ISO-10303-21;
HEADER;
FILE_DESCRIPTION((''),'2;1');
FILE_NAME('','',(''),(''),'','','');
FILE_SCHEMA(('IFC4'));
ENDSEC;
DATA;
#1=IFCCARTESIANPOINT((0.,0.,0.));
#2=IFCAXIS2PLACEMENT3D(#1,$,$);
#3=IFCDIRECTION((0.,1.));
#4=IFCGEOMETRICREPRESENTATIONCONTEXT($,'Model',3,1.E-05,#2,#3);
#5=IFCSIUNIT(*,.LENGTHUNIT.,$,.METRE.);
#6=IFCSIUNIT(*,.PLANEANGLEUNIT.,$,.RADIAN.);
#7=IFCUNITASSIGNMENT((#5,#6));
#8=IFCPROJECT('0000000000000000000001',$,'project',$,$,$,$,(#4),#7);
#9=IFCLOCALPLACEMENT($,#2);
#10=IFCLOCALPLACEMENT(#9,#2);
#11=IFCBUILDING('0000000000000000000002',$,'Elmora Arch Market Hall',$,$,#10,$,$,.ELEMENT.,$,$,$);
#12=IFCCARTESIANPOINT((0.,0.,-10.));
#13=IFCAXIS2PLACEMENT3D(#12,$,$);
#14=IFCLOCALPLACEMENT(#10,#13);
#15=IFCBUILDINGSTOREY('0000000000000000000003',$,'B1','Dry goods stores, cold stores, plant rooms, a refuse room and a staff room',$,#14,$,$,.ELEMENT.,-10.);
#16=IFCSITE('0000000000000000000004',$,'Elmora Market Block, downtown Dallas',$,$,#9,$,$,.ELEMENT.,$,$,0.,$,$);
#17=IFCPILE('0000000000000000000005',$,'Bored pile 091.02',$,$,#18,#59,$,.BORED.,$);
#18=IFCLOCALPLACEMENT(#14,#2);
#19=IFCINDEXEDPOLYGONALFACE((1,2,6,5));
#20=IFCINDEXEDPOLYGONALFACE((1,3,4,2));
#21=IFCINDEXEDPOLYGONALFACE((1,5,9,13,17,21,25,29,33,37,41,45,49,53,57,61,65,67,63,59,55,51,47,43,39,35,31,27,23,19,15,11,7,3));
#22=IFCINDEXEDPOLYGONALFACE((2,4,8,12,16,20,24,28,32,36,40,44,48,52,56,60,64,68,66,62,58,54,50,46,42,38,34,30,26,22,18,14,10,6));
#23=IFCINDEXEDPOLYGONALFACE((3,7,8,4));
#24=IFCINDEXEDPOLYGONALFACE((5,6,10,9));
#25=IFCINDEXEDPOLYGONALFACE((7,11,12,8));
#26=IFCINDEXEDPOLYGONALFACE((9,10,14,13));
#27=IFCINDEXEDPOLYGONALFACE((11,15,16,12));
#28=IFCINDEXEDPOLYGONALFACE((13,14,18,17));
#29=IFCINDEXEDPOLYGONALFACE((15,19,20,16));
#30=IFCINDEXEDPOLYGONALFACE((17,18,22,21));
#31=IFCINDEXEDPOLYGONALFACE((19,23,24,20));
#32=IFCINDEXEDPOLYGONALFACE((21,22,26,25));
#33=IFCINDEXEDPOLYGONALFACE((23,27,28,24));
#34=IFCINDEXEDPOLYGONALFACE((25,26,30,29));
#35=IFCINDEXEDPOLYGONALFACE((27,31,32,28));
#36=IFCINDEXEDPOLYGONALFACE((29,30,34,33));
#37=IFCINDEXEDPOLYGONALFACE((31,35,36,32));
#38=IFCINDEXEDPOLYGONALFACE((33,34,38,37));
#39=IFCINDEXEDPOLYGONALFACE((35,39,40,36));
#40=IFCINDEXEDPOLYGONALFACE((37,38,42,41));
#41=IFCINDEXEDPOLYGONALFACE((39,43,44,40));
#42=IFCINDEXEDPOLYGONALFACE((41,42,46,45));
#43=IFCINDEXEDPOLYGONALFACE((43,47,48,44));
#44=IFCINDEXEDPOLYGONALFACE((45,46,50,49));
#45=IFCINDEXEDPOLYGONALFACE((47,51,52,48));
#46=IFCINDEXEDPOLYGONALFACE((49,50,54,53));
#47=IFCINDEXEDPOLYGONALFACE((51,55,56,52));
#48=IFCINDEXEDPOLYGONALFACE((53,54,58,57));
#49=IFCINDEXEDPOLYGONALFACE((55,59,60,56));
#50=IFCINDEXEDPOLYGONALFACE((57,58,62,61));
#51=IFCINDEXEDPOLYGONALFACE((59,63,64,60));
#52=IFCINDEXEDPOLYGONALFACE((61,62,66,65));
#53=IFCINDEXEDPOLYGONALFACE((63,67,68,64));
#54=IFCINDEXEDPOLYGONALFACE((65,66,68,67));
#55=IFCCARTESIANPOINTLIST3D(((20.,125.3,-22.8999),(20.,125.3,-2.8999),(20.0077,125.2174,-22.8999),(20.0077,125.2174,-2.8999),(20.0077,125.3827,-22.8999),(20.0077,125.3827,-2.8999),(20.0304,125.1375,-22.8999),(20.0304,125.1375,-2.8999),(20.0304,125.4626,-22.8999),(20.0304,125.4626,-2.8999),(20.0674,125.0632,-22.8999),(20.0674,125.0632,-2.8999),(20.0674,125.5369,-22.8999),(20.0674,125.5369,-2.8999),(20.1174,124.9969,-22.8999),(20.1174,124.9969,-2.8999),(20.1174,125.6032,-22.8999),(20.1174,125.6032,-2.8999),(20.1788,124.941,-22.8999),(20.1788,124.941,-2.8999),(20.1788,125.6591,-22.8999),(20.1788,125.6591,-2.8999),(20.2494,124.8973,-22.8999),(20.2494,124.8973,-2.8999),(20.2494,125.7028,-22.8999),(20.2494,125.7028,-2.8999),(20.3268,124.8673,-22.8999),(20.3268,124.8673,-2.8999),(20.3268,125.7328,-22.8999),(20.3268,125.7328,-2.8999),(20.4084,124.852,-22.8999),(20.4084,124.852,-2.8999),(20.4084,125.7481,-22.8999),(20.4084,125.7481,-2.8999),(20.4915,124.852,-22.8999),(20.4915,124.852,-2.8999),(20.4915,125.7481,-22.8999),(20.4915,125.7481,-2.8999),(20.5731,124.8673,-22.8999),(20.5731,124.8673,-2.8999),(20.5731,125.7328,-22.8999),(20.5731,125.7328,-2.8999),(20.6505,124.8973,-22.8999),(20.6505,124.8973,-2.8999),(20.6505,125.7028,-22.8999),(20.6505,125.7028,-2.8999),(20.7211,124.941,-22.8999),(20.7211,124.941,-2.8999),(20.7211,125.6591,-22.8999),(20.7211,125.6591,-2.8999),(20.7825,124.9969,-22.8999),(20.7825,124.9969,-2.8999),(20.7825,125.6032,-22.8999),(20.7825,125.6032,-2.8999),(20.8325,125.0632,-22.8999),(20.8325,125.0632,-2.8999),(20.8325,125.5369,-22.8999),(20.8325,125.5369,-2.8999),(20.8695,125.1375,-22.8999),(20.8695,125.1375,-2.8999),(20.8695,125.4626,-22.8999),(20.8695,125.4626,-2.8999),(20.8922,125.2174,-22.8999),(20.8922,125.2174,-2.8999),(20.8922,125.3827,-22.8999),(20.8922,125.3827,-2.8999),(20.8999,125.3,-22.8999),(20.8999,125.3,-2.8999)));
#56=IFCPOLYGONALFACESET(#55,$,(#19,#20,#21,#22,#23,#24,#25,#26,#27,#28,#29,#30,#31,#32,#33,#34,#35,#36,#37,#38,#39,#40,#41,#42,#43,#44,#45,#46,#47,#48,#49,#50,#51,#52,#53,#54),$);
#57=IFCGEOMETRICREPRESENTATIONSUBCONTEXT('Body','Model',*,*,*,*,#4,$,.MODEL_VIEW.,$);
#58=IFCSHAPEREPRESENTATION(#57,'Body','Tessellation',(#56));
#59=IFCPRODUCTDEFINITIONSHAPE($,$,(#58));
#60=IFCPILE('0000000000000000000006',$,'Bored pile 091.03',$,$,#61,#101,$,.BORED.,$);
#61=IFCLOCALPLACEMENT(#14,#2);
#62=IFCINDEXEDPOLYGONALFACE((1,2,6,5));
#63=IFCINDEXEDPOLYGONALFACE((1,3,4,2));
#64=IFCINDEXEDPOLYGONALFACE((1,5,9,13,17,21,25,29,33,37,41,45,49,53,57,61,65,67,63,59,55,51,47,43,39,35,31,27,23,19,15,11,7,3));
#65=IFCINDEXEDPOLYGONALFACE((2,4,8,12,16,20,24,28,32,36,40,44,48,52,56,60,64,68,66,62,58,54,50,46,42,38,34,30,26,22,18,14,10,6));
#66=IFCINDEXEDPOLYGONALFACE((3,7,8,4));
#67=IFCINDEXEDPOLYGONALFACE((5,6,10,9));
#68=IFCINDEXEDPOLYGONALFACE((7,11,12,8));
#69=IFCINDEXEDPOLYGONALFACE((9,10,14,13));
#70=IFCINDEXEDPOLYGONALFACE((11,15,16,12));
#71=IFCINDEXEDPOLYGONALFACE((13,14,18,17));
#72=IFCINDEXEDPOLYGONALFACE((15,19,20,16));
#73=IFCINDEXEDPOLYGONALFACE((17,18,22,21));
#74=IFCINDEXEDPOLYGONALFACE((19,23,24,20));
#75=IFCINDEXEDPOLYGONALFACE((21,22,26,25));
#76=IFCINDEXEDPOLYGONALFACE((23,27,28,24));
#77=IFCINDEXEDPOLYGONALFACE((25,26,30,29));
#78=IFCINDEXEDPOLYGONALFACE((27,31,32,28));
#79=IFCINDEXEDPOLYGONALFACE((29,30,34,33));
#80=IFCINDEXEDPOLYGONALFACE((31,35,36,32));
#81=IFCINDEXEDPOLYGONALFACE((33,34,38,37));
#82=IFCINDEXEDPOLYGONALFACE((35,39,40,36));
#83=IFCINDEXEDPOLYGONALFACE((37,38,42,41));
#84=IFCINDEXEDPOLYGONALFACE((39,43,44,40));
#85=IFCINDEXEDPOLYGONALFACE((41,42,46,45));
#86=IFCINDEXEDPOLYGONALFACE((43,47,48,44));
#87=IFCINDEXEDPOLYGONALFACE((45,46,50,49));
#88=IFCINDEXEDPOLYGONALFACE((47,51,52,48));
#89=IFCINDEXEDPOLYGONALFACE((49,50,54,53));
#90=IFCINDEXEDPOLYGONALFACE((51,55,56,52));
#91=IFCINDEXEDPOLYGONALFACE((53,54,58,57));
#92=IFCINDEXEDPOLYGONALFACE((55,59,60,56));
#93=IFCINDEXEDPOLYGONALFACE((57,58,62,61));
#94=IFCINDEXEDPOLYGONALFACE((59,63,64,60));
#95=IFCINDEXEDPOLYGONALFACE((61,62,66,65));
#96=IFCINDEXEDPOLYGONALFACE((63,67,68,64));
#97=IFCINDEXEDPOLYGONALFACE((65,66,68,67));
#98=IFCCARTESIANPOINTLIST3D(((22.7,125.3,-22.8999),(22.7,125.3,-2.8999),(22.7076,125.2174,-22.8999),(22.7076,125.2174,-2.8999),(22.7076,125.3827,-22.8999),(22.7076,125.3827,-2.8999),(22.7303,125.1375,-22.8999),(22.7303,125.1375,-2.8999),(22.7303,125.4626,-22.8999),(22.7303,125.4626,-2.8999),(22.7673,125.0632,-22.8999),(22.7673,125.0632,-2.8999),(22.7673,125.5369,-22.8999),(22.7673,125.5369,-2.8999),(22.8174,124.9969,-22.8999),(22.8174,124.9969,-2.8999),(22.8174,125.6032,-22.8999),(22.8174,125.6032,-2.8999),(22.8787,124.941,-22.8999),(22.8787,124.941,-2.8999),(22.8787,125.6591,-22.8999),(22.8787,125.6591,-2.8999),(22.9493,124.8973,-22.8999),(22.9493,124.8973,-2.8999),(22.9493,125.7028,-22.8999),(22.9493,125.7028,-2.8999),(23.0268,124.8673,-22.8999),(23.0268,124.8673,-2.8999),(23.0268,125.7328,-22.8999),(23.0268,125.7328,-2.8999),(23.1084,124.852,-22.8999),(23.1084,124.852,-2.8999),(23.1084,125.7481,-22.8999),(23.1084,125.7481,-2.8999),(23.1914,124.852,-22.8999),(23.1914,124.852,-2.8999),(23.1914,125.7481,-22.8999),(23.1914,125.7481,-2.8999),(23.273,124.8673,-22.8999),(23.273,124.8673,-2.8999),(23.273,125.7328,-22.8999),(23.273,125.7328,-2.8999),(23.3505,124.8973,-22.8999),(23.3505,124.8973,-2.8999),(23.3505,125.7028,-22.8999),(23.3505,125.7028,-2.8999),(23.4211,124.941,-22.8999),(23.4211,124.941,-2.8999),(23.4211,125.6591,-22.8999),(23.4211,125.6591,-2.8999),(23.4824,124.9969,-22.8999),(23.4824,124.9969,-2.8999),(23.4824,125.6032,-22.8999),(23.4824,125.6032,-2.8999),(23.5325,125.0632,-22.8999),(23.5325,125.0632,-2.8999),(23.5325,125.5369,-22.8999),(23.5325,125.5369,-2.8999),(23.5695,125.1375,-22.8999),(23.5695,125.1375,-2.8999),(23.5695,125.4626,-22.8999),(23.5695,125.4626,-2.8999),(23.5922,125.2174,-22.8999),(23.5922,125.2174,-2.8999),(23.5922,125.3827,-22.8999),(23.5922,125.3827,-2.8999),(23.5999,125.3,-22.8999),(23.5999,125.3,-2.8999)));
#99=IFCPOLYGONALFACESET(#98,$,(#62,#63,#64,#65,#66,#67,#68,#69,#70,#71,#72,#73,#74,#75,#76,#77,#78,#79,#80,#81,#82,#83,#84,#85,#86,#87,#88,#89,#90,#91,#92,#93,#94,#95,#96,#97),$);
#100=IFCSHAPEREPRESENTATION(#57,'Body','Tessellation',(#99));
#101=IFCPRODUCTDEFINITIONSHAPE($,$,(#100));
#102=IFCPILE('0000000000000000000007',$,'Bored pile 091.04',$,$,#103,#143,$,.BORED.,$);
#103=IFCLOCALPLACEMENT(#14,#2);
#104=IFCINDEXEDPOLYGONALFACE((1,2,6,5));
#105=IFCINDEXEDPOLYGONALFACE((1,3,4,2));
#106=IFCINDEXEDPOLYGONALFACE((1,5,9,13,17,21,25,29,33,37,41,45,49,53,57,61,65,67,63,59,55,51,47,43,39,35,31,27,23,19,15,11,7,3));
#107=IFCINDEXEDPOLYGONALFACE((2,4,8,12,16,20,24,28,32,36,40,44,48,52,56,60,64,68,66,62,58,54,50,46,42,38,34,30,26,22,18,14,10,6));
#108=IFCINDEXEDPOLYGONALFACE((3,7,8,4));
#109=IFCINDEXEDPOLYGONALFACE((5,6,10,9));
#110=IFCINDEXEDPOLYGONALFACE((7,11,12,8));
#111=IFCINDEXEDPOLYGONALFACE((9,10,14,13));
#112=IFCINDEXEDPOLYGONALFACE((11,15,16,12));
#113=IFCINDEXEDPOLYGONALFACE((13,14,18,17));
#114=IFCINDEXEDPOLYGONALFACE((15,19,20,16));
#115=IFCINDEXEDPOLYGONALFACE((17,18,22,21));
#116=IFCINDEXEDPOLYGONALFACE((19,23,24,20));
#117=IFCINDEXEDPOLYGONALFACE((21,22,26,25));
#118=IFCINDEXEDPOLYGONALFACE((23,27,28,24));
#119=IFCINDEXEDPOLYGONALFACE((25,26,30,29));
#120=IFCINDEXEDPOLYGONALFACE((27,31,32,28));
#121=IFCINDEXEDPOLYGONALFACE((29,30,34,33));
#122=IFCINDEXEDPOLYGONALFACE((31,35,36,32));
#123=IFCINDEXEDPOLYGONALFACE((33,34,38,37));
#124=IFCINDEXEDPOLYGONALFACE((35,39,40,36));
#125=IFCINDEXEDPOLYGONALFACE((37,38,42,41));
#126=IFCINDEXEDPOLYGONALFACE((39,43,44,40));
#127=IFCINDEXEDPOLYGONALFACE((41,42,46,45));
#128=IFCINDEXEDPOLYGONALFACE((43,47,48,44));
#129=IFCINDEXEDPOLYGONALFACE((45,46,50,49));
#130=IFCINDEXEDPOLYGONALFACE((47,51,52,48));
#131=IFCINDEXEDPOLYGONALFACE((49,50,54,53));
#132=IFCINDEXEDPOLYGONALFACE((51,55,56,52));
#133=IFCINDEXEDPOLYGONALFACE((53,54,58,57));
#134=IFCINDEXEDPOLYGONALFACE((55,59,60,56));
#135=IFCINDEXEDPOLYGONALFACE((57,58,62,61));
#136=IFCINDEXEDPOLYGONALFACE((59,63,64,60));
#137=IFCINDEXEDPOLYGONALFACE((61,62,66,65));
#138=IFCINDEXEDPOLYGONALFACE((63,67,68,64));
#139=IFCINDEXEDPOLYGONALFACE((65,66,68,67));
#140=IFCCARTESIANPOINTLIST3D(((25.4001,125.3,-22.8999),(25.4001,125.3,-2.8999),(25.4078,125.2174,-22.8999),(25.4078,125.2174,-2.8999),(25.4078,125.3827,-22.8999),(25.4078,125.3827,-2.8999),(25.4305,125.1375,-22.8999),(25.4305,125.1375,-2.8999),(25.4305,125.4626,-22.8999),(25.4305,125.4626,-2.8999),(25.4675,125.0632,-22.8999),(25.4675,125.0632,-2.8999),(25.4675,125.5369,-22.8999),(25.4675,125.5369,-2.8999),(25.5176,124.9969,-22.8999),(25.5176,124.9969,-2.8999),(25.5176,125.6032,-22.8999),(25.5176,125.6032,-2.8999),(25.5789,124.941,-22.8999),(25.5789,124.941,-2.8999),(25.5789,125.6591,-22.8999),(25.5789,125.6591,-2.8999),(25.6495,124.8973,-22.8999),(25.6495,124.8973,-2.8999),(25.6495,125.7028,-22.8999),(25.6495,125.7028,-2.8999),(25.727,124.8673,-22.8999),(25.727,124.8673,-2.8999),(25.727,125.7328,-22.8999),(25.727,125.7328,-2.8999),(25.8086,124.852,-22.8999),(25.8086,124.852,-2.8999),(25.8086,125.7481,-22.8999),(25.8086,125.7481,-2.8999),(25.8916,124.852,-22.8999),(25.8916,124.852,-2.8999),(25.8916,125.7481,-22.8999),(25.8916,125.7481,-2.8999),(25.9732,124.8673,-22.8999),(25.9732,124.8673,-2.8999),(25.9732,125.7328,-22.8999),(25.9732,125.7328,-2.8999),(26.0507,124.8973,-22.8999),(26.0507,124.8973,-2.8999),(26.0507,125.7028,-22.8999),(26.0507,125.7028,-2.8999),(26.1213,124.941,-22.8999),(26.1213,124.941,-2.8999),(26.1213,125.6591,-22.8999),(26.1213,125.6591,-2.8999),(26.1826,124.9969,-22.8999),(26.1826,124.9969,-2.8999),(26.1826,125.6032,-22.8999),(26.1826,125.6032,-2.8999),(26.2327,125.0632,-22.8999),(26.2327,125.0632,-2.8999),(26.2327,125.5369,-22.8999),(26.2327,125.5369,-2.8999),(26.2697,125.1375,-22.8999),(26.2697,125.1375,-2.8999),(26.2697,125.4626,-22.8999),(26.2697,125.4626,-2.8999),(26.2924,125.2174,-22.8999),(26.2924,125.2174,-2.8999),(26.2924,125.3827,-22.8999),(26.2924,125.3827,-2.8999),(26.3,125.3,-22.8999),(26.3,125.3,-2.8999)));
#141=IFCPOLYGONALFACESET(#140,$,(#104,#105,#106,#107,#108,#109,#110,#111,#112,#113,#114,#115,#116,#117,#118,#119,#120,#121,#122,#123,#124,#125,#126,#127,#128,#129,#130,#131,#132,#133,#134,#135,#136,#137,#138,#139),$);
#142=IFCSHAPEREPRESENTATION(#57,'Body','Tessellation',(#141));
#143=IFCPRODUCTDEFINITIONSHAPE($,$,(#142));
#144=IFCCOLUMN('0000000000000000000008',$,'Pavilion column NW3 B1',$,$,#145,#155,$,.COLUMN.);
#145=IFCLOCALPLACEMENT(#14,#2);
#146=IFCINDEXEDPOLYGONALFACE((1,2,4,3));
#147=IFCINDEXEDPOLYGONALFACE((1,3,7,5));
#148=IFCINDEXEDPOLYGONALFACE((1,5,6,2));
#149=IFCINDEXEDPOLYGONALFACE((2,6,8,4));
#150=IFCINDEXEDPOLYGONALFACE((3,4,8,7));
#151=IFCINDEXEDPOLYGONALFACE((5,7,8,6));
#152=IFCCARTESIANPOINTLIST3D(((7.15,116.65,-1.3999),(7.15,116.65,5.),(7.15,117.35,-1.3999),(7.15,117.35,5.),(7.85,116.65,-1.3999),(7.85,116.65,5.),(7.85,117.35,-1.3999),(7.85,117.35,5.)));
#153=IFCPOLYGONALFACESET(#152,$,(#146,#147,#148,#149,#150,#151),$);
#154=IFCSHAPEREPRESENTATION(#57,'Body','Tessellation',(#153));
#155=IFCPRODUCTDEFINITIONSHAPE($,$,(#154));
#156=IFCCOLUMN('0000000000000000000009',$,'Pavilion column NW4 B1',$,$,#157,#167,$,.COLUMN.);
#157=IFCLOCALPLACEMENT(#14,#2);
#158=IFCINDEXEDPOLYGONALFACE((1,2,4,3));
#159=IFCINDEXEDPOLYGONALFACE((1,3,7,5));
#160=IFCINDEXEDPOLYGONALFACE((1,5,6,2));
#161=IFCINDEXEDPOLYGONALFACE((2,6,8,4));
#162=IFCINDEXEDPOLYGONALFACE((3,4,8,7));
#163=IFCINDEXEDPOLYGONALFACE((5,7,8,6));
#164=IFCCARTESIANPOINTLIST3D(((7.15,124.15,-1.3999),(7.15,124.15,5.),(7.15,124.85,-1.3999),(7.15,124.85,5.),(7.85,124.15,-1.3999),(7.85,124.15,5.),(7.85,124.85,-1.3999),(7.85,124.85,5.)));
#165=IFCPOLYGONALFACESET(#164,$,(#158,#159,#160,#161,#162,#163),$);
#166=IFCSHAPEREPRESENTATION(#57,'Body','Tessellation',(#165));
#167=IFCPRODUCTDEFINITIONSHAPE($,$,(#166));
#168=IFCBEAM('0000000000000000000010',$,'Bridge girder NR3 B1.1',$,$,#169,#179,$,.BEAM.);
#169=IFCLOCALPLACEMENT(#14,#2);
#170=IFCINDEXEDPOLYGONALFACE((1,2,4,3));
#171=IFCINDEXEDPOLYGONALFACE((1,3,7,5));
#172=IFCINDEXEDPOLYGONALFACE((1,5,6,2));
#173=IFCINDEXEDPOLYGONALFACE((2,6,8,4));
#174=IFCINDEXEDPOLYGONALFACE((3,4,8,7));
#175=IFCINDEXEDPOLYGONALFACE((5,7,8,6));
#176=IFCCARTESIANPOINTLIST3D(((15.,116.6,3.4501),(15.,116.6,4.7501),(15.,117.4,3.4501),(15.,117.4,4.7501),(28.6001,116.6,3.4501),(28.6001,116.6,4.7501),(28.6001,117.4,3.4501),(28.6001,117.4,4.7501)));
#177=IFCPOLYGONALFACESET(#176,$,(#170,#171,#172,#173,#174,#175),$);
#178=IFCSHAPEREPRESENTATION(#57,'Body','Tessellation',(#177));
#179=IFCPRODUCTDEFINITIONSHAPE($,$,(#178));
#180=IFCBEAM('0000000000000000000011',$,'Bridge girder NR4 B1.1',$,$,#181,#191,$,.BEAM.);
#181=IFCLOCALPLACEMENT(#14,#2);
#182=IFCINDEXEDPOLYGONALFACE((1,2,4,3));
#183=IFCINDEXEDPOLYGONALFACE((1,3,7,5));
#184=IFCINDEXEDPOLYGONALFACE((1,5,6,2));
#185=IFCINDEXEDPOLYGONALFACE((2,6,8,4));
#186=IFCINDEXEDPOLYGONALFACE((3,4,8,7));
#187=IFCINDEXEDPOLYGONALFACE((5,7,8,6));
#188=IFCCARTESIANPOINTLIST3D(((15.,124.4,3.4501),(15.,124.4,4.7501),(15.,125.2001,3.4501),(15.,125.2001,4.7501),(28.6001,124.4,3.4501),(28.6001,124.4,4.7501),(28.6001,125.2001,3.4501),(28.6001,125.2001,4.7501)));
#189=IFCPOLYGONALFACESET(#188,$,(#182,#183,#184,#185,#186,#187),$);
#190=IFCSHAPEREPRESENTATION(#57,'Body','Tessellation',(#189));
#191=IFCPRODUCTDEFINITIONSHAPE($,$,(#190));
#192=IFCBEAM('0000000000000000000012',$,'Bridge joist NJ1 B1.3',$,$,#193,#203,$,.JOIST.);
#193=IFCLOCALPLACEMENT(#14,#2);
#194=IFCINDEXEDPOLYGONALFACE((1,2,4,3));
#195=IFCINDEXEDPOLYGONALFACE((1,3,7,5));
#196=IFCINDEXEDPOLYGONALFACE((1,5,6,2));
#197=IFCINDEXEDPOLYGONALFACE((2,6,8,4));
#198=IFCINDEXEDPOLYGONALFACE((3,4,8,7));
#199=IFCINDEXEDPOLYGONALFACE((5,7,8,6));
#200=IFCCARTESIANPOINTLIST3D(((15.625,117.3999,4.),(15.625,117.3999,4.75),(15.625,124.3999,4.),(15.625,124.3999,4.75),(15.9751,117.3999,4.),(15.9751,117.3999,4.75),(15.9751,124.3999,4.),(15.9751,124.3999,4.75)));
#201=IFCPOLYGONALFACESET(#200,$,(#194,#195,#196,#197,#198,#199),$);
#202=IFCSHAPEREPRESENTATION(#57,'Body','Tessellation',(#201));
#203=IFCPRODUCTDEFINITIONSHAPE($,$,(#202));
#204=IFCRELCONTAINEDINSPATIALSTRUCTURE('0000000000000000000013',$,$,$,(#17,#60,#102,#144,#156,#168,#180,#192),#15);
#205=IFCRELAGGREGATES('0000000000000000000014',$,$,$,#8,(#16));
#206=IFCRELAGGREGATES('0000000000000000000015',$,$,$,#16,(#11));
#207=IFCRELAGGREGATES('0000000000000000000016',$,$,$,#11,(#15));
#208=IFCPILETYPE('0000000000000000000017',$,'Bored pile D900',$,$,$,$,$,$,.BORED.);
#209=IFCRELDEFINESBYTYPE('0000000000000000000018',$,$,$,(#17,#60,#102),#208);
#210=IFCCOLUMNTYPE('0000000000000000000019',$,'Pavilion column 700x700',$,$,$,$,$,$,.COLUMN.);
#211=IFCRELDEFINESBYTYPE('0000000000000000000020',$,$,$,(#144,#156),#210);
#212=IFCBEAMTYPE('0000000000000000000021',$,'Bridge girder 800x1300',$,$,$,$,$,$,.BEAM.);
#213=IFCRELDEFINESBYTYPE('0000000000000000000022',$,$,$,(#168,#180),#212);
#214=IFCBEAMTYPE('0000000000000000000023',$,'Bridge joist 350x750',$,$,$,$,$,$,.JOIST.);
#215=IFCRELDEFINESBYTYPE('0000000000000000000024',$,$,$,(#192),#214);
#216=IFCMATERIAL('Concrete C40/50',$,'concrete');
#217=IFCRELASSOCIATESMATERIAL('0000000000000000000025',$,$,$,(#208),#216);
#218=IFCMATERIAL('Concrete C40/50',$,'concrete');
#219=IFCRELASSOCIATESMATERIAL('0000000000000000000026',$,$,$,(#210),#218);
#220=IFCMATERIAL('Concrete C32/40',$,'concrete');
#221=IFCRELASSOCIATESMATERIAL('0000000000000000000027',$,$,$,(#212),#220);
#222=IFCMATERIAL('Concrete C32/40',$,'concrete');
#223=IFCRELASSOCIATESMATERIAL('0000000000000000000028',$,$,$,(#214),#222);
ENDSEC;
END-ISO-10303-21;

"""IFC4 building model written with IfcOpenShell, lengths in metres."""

from ifc_helpers import new_model, si_unit, direction, frame, origin, origin_2d, place, context, subcontext, project, spatial, rectangle, circle, extrude, material, material_profile, profile_set, type_object, element, save


model = new_model("IFC4")

# Units and contexts
model_context = context("Model", 3, precision=1e-05, world=origin(), true_north=direction((0.0, 1.0)))
body_context = subcontext(model_context, "Body", "Model", "MODEL_VIEW")
ifc_project = project(units=[si_unit("LENGTHUNIT", "METRE"), si_unit("PLANEANGLEUNIT", "RADIAN")], contexts=[model_context])

# Site, building, storey
site_placement = place(None, origin())
site = spatial("IfcSite", under=ifc_project, at=site_placement, Name="Elmora Market Block, downtown Dallas", CompositionType="ELEMENT", RefElevation=0.0)
building_placement = place(site_placement, origin())
building = spatial("IfcBuilding", under=site, at=building_placement, Name="Elmora Arch Market Hall", CompositionType="ELEMENT")
storey_placement = place(building_placement, frame((0.0, 0.0, -10.0)))
storey = spatial("IfcBuildingStorey", under=building, at=storey_placement, Name="B1", Description="Dry goods stores, cold stores, plant rooms, a refuse room and a staff room", CompositionType="ELEMENT", Elevation=-10.0)

# Piles
ifc_material_1 = material(Name="Concrete C40/50", Category="concrete")
ifc_material_profile_1 = material_profile(ifc_material_1, circle(Radius=0.45, at=origin_2d()), Name="Bored pile D900")
ifc_profile_set_1 = profile_set([ifc_material_profile_1], Name="Concrete C40/50")
pile_type = type_object("IfcPileType", Name="Bored pile D900", PredefinedType="BORED", material=ifc_profile_set_1)
for number, where, z_axis, x_axis, name in (
    (1, (20.45, 125.3, -2.8999), (0.0, 0.0, -1.0), (1.0, 0.0, 0.0), "Bored pile 091.02"),
    (2, (23.1499, 125.3, -2.8999), (0.0, 0.0, -1.0), (1.0, 0.0, 0.0), "Bored pile 091.03"),
    (3, (25.8501, 125.3, -2.8999), (0.0, 0.0, -1.0), (1.0, 0.0, 0.0), "Bored pile 091.04"),
):
    element("IfcPile", number, at=place(storey_placement, frame(where, z_axis=z_axis, x_axis=x_axis)), inside=storey, type_object=pile_type, Name=name, PredefinedType="BORED", context=body_context, shape_type="SweptSolid", body=[
        extrude(circle(Radius=0.45, at=origin_2d()), origin(), (0.0, 0.0, 1.0), 20.0),
    ])

# Columns
ifc_material_2 = material(Name="Concrete C40/50", Category="concrete")
ifc_material_profile_2 = material_profile(ifc_material_2, rectangle(XDim=0.7, YDim=0.7, at=origin_2d()), Name="Pavilion column 700x700")
ifc_profile_set_2 = profile_set([ifc_material_profile_2], Name="Concrete C40/50")
column_type = type_object("IfcColumnType", Name="Pavilion column 700x700", PredefinedType="COLUMN", material=ifc_profile_set_2)
for number, where, z_axis, x_axis, name in (
    (4, (7.5, 117.0, -1.3999), (0.0, 0.0, 1.0), (1.0, 0.0, 0.0), "Pavilion column NW3 B1"),
    (5, (7.5, 124.5, -1.3999), (0.0, 0.0, 1.0), (1.0, 0.0, 0.0), "Pavilion column NW4 B1"),
):
    element("IfcColumn", number, at=place(storey_placement, frame(where, z_axis=z_axis, x_axis=x_axis)), inside=storey, type_object=column_type, Name=name, PredefinedType="COLUMN", context=body_context, shape_type="SweptSolid", body=[
        extrude(rectangle(XDim=0.7, YDim=0.7, at=origin_2d()), origin(), (0.0, 0.0, 1.0), 6.3999),
    ])

# Beams
ifc_material_3 = material(Name="Concrete C32/40", Category="concrete")
ifc_material_profile_3 = material_profile(ifc_material_3, rectangle(XDim=0.8, YDim=1.3, at=origin_2d()), Name="Bridge girder 800x1300")
ifc_profile_set_3 = profile_set([ifc_material_profile_3], Name="Concrete C32/40")
beam_type_1 = type_object("IfcBeamType", Name="Bridge girder 800x1300", PredefinedType="BEAM", material=ifc_profile_set_3)
for number, where, z_axis, x_axis, name in (
    (6, (15.0, 117.0, 4.1001), (1.0, 0.0, 0.0), (0.0, 1.0, 0.0), "Bridge girder NR3 B1.1"),
    (7, (15.0, 124.8, 4.1001), (1.0, 0.0, 0.0), (0.0, 1.0, 0.0), "Bridge girder NR4 B1.1"),
):
    element("IfcBeam", number, at=place(storey_placement, frame(where, z_axis=z_axis, x_axis=x_axis)), inside=storey, type_object=beam_type_1, Name=name, PredefinedType="BEAM", context=body_context, shape_type="SweptSolid", body=[
        extrude(rectangle(XDim=0.8, YDim=1.3, at=origin_2d()), origin(), (0.0, 0.0, 1.0), 13.6001),
    ])
ifc_material_4 = material(Name="Concrete C32/40", Category="concrete")
ifc_material_profile_4 = material_profile(ifc_material_4, rectangle(XDim=0.3501, YDim=0.75, at=origin_2d()), Name="Bridge joist 350x750")
ifc_profile_set_4 = profile_set([ifc_material_profile_4], Name="Concrete C32/40")
beam_type_2 = type_object("IfcBeamType", Name="Bridge joist 350x750", PredefinedType="JOIST", material=ifc_profile_set_4)
for number, where, z_axis, x_axis, name in (
    (8, (15.8, 117.3999, 4.375), (0.0, 1.0, 0.0), (-1.0, 0.0, 0.0), "Bridge joist NJ1 B1.3"),
):
    element("IfcBeam", number, at=place(storey_placement, frame(where, z_axis=z_axis, x_axis=x_axis)), inside=storey, type_object=beam_type_2, Name=name, PredefinedType="JOIST", context=body_context, shape_type="SweptSolid", body=[
        extrude(rectangle(XDim=0.3501, YDim=0.75, at=origin_2d()), origin(), (0.0, 0.0, 1.0), 7.0),
    ])

save(model, "model.ifc")
